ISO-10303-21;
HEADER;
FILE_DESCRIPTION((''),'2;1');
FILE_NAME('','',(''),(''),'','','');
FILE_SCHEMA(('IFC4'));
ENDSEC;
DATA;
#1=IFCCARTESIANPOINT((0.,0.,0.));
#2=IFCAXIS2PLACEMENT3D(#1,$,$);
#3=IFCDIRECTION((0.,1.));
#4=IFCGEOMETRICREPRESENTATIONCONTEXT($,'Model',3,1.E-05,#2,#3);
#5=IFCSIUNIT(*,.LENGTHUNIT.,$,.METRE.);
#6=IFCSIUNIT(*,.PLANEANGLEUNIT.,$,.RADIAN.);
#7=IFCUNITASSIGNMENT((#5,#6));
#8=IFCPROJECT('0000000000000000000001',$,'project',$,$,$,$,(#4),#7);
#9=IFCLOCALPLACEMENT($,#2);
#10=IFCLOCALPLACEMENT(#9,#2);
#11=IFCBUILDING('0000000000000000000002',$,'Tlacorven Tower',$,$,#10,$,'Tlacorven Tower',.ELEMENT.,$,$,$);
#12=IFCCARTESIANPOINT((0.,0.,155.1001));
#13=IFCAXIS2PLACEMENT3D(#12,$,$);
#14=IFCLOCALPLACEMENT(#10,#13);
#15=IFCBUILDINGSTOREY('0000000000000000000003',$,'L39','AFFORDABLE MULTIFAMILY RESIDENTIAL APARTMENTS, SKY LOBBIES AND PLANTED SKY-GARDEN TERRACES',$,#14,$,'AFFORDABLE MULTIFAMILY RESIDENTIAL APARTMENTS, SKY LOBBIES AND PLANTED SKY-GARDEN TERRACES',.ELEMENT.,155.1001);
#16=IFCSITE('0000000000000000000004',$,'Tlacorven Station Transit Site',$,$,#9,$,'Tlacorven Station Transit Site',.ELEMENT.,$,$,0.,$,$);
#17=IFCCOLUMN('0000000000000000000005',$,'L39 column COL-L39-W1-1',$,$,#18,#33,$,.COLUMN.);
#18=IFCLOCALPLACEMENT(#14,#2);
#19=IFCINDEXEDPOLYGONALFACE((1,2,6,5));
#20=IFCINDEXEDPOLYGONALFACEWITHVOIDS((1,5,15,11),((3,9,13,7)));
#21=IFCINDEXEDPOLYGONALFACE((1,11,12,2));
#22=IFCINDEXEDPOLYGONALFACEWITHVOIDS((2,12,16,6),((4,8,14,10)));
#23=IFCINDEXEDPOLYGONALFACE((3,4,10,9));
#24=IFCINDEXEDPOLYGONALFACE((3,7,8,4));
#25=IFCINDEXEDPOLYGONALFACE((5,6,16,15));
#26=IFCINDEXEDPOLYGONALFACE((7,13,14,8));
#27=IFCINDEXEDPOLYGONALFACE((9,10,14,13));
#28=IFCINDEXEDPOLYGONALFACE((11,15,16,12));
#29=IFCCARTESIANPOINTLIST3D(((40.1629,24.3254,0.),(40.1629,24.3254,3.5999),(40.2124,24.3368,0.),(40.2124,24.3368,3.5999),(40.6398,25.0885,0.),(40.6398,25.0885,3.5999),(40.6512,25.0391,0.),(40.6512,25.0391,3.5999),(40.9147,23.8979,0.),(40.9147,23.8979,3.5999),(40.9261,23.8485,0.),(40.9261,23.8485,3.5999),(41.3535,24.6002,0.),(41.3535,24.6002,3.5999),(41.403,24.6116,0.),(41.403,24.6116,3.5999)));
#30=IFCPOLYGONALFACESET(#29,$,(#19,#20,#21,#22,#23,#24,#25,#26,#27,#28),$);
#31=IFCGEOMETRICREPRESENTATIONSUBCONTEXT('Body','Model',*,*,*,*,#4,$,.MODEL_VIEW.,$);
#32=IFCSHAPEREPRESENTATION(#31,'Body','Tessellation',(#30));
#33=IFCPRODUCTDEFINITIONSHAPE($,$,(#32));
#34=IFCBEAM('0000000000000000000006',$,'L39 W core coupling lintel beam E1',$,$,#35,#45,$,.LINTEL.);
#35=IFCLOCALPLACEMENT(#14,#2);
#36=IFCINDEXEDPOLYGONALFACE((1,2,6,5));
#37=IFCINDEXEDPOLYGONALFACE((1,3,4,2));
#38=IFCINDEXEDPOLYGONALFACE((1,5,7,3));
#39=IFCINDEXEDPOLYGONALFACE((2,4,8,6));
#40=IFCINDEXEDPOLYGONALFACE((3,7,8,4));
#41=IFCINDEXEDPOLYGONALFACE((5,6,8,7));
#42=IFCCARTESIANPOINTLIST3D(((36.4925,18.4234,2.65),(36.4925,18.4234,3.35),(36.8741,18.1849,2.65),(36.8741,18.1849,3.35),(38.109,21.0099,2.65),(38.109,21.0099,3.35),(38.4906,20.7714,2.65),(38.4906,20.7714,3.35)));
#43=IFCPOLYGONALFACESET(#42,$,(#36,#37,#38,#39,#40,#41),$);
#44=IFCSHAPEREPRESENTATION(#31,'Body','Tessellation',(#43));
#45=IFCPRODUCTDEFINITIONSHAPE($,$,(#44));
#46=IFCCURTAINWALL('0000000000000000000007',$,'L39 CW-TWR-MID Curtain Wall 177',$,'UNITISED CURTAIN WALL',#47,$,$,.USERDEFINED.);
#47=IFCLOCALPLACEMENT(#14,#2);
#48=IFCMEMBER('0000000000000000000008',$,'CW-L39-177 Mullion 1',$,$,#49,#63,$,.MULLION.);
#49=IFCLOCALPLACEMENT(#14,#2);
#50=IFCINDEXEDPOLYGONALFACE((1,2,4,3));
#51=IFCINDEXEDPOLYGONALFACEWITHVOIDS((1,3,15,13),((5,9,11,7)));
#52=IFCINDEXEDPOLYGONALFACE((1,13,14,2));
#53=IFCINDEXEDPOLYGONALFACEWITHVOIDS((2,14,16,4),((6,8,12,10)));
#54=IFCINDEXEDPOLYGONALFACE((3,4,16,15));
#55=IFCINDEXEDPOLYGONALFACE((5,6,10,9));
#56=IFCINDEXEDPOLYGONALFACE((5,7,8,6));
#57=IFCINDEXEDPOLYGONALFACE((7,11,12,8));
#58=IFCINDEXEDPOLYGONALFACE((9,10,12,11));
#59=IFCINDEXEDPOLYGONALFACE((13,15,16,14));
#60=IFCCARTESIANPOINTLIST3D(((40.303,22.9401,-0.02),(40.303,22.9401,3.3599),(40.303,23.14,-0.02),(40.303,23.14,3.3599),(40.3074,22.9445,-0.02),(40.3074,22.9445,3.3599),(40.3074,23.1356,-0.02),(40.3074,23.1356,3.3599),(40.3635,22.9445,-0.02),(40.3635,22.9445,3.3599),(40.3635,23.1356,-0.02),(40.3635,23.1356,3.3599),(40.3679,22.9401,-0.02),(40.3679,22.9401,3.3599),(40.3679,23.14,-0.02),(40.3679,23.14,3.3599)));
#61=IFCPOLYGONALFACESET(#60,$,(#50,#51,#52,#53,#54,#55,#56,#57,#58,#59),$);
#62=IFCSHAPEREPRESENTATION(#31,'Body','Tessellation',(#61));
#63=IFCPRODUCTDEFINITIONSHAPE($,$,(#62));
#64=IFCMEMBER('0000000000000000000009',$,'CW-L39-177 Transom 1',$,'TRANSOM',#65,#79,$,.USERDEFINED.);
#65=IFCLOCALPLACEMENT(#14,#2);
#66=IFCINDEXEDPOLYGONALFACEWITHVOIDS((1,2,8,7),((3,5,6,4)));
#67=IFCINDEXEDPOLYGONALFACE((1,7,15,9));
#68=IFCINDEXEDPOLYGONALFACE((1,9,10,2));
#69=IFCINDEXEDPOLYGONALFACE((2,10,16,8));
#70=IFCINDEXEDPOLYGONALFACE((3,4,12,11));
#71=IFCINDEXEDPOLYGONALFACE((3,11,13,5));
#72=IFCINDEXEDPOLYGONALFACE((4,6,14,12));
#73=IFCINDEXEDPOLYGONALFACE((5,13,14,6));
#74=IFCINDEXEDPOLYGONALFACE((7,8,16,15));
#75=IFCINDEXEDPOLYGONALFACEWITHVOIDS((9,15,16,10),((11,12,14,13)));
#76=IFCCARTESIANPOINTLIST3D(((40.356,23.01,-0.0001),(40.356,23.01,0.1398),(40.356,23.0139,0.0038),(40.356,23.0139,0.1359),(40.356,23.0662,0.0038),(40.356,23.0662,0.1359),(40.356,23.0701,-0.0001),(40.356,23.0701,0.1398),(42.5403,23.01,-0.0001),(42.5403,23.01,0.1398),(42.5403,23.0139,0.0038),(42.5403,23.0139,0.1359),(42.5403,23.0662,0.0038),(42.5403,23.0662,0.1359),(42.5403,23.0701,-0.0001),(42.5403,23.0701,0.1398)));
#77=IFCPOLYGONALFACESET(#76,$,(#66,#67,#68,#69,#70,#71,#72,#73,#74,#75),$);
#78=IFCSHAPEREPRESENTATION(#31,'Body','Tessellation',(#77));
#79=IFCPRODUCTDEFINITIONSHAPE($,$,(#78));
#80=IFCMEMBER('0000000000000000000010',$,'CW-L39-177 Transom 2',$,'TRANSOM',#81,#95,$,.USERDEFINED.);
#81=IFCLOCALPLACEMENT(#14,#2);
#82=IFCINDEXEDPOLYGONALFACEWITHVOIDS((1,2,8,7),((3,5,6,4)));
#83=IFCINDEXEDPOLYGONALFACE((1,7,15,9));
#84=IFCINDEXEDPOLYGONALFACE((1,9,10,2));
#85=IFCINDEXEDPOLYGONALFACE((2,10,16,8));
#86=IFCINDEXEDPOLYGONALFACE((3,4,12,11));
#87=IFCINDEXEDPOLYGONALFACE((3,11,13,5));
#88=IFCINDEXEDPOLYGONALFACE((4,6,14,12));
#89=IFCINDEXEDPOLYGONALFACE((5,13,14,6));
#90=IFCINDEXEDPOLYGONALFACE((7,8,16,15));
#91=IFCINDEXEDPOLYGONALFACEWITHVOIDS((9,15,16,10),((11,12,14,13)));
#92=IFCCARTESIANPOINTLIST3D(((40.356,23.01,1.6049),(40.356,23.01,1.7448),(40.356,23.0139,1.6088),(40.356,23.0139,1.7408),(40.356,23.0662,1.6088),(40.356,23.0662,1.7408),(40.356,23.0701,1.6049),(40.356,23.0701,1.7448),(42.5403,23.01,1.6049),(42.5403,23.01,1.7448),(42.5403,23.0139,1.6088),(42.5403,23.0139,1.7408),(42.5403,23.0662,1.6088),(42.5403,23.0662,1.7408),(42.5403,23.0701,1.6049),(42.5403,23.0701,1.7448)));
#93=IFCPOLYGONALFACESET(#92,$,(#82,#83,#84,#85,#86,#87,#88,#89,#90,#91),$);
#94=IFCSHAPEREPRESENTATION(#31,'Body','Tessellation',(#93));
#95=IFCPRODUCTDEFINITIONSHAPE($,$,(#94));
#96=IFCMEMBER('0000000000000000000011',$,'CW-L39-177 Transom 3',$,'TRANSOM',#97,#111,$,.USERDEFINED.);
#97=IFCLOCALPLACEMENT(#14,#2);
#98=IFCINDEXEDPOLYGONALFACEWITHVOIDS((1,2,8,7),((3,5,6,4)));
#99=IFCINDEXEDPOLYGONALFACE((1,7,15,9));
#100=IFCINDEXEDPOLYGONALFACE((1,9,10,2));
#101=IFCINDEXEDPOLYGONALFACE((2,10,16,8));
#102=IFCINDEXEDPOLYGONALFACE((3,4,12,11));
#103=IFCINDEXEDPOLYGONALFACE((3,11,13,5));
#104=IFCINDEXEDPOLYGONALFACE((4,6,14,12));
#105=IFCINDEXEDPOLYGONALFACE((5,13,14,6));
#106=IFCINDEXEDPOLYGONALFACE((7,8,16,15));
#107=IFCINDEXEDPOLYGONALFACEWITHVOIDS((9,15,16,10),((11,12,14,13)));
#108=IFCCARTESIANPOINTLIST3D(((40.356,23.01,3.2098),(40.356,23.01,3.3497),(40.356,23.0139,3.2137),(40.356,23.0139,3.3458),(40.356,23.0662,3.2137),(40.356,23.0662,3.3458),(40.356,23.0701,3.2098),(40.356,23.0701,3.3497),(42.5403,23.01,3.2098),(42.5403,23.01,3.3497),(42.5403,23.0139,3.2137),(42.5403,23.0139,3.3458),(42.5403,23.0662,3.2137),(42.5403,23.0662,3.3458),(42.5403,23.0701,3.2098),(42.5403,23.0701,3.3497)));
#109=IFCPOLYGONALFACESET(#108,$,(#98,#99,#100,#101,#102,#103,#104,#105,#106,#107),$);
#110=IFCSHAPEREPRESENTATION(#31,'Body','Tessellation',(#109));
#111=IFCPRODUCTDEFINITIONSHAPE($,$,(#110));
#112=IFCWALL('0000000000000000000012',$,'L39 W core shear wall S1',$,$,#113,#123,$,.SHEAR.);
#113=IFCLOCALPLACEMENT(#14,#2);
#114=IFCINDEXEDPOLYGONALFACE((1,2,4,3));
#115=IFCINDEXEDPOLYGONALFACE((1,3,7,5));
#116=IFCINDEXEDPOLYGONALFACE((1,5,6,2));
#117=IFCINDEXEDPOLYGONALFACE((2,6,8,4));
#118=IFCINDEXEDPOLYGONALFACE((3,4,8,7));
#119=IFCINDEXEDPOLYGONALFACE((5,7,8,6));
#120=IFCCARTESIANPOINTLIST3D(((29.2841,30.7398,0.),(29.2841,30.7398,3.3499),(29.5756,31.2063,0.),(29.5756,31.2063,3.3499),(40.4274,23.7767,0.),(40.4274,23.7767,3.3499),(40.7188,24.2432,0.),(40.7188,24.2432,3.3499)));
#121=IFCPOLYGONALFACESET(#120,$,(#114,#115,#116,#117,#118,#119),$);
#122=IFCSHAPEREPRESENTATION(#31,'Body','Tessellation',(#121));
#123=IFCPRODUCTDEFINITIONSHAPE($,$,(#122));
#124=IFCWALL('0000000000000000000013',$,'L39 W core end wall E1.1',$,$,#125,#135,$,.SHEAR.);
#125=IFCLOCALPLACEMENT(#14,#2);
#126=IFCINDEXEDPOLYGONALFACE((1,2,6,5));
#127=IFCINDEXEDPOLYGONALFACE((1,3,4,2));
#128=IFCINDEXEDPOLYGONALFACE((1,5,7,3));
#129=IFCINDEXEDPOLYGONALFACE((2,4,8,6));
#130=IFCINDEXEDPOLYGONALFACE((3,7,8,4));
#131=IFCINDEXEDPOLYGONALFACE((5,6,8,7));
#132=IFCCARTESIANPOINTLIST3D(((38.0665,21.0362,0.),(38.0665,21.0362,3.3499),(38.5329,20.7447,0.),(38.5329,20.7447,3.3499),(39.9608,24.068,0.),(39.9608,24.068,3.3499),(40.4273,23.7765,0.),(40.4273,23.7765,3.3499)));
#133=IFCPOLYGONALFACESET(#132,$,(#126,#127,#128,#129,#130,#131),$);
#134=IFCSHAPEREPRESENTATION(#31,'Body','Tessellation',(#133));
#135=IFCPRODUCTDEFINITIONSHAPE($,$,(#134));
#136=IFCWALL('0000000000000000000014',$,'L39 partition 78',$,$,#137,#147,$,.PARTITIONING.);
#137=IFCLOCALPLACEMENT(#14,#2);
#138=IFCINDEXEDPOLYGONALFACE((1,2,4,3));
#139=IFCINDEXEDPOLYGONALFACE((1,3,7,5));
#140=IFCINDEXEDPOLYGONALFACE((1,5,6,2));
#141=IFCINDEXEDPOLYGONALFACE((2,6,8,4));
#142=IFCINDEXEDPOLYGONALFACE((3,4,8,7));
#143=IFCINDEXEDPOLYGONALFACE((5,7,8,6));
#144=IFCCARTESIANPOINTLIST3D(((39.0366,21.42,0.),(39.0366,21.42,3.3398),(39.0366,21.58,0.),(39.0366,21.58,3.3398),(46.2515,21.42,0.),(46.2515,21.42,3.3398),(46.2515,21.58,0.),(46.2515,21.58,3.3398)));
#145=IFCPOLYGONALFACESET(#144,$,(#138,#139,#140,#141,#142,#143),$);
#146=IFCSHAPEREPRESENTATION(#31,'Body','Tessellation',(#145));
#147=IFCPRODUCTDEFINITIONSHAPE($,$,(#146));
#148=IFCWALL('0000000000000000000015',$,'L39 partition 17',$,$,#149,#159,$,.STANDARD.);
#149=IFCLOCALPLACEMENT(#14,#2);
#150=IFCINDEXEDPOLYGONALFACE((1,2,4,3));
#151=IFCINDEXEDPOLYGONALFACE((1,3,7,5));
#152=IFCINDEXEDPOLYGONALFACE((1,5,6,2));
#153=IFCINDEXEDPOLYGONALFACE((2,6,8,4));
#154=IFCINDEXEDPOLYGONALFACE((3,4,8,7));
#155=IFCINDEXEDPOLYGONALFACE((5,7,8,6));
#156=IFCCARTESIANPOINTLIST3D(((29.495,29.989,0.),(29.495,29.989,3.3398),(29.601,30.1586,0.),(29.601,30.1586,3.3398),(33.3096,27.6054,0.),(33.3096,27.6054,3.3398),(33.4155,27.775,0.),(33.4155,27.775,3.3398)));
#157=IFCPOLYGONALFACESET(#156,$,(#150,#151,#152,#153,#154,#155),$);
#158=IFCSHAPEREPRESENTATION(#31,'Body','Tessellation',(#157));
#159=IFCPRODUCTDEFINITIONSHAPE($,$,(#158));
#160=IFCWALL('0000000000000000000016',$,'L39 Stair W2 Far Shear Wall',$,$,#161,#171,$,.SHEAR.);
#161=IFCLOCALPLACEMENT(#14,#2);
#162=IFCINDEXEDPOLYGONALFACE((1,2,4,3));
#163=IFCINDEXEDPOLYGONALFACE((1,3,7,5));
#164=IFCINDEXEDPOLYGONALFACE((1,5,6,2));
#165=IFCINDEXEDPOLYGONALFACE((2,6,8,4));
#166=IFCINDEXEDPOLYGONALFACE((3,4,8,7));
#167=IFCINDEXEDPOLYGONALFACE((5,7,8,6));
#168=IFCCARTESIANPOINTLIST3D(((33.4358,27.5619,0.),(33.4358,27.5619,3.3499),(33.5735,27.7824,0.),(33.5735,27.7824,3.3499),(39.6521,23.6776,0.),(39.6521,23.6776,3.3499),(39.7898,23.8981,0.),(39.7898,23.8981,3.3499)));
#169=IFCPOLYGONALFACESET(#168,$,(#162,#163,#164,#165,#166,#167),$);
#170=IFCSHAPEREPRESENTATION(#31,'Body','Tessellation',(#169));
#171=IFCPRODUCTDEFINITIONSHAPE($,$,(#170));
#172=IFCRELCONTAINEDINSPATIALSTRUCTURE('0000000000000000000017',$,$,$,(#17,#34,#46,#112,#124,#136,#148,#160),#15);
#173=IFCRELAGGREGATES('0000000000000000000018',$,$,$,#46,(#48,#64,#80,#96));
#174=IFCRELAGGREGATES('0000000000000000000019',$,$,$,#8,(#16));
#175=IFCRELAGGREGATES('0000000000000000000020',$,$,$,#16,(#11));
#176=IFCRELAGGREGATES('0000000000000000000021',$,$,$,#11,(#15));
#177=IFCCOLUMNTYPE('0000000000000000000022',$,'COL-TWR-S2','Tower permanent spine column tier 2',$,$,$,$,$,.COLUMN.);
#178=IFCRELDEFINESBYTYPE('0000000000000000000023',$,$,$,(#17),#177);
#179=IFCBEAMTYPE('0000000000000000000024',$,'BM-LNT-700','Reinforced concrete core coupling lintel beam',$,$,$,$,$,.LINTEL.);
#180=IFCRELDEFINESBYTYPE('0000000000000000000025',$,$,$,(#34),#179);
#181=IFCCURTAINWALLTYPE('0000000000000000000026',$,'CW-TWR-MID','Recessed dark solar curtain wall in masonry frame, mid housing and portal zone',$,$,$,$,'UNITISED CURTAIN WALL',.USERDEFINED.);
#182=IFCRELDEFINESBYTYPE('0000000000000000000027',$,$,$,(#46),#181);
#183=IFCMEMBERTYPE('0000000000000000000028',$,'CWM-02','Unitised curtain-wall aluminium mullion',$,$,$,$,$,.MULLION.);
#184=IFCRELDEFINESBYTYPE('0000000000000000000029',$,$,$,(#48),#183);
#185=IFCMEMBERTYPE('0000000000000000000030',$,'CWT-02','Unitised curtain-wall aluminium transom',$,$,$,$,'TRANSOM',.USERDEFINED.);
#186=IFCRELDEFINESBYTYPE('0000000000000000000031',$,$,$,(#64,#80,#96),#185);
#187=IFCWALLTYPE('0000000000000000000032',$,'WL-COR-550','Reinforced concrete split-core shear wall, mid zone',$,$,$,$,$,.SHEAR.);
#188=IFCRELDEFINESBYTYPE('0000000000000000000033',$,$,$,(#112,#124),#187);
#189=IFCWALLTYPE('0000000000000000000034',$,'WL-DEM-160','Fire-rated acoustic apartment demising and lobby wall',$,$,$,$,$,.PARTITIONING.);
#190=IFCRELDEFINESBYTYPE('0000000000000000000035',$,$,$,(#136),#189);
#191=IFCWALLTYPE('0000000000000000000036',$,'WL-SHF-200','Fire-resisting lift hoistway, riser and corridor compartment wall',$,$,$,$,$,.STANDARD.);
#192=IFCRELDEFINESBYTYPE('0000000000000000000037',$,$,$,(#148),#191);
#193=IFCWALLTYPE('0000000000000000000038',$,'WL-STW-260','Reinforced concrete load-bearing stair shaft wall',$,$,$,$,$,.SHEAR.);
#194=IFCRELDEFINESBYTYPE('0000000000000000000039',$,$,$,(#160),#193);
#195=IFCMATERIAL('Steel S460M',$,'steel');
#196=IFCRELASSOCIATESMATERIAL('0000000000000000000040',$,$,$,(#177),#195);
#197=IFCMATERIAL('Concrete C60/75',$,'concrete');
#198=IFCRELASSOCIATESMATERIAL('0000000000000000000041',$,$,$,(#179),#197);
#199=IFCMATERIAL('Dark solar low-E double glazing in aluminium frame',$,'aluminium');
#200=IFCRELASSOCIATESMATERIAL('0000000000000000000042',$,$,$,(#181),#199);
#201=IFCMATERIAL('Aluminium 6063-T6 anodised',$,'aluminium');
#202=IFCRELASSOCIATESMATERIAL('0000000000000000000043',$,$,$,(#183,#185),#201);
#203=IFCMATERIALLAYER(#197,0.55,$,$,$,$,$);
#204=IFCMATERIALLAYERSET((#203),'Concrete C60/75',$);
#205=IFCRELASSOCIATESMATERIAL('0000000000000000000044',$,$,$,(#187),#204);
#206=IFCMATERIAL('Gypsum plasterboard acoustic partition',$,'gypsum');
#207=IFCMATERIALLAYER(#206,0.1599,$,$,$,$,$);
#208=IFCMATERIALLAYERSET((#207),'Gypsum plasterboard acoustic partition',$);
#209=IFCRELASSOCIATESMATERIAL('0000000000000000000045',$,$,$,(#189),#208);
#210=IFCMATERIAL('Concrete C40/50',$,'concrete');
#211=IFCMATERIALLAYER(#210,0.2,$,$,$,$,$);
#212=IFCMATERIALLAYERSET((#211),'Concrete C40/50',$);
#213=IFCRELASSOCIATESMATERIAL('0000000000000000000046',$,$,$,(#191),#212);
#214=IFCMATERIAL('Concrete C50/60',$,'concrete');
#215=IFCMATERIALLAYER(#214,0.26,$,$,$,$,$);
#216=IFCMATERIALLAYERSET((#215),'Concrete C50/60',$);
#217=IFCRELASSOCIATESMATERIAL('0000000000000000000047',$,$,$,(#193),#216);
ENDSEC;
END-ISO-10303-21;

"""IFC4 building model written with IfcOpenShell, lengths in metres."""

from ifc_helpers import new_model, si_unit, direction, frame, frame_2d, origin, origin_2d, place, context, subcontext, project, spatial, rectangle, hollow_rectangle, extrude, source, transform, mapped, material, layer, layer_set, material_profile, profile_set, type_object, element, aggregate, save


model = new_model("IFC4")

# Units and contexts
model_context = context("Model", 3, precision=1e-05, world=origin(), true_north=direction((0.0, 1.0)))
body_context = subcontext(model_context, "Body", "Model", "MODEL_VIEW")
ifc_project = project(units=[si_unit("LENGTHUNIT", "METRE"), si_unit("PLANEANGLEUNIT", "RADIAN")], contexts=[model_context])

# Site, building, storey
site_placement = place(None, origin())
site = spatial("IfcSite", under=ifc_project, at=site_placement, Name="Tlacorven Station Transit Site", LongName="Tlacorven Station Transit Site", CompositionType="ELEMENT", RefElevation=0.0)
building_placement = place(site_placement, origin())
building = spatial("IfcBuilding", under=site, at=building_placement, Name="Tlacorven Tower", LongName="Tlacorven Tower", CompositionType="ELEMENT")
storey_placement = place(building_placement, frame((0.0, 0.0, 155.1001)))
storey = spatial("IfcBuildingStorey", under=building, at=storey_placement, Name="L39", Description="AFFORDABLE MULTIFAMILY RESIDENTIAL APARTMENTS, SKY LOBBIES AND PLANTED SKY-GARDEN TERRACES", LongName="AFFORDABLE MULTIFAMILY RESIDENTIAL APARTMENTS, SKY LOBBIES AND PLANTED SKY-GARDEN TERRACES", CompositionType="ELEMENT", Elevation=155.1001)

# Column
ifc_material_1 = material(Name="Steel S460M", Category="steel")
ifc_material_profile_1 = material_profile(ifc_material_1, hollow_rectangle(XDim=0.8999, YDim=0.8999, WallThickness=0.0359, at=origin_2d()), Name="BOX 900X900X36")
ifc_profile_set_1 = profile_set([ifc_material_profile_1], Name="Steel S460M")
column_type = type_object("IfcColumnType", Name="COL-TWR-S2", Description="Tower permanent spine column tier 2", PredefinedType="COLUMN", material=ifc_profile_set_1)
shared_shape_1 = source(origin(), body_context, "Body", "SweptSolid", [
    extrude(hollow_rectangle(XDim=0.8999, YDim=0.8999, WallThickness=0.0359, at=origin_2d()), origin(), (0.0, 0.0, 1.0), 3.5999),
])
column_placement = place(storey_placement, frame((40.783, 24.4685, 0.0), z_axis=(0.0, 0.0, 1.0), x_axis=(-0.848048, 0.529919, 0.0)))
element("IfcColumn", 1, at=column_placement, inside=storey, type_object=column_type, Name="L39 column COL-L39-W1-1", PredefinedType="COLUMN", context=body_context, shape_type="MappedRepresentation", body=[
    mapped(shared_shape_1, transform((0.0, 0.0, 0.0), scale=1.0)),
])

# Beam
ifc_material_2 = material(Name="Concrete C60/75", Category="concrete")
ifc_material_profile_2 = material_profile(ifc_material_2, rectangle(XDim=0.45, YDim=0.7, at=origin_2d()), Name="RC 450X700")
ifc_profile_set_2 = profile_set([ifc_material_profile_2], Name="Concrete C60/75")
beam_type = type_object("IfcBeamType", Name="BM-LNT-700", Description="Reinforced concrete core coupling lintel beam", PredefinedType="LINTEL", material=ifc_profile_set_2)
shared_shape_2 = source(origin(), body_context, "Body", "SweptSolid", [
    extrude(rectangle(XDim=0.45, YDim=0.7, at=origin_2d()), origin(), (0.0, 0.0, 1.0), 3.05),
])
beam_placement = place(storey_placement, frame((38.2998, 20.8906, 3.0), z_axis=(-0.529985, -0.848007, 0.0), x_axis=(0.848007, -0.529985, 0.0)))
element("IfcBeam", 2, at=beam_placement, inside=storey, type_object=beam_type, Name="L39 W core coupling lintel beam E1", PredefinedType="LINTEL", context=body_context, shape_type="MappedRepresentation", body=[
    mapped(shared_shape_2, transform((0.0, 0.0, 0.0), scale=1.0)),
])

# Curtain wall, members
ifc_material_3 = material(Name="Dark solar low-E double glazing in aluminium frame", Category="aluminium")
curtain_wall_type = type_object("IfcCurtainWallType", Name="CW-TWR-MID", Description="Recessed dark solar curtain wall in masonry frame, mid housing and portal zone", ElementType="UNITISED CURTAIN WALL", PredefinedType="USERDEFINED", material=ifc_material_3)
curtain_wall_placement = place(storey_placement, origin())
curtain_wall = element("IfcCurtainWall", 3, at=curtain_wall_placement, inside=storey, type_object=curtain_wall_type, Name="L39 CW-TWR-MID Curtain Wall 177", ObjectType="UNITISED CURTAIN WALL", PredefinedType="USERDEFINED")
ifc_material_4 = material(Name="Aluminium 6063-T6 anodised", Category="aluminium")
ifc_material_profile_3 = material_profile(ifc_material_4, hollow_rectangle(XDim=0.0649, YDim=0.2, WallThickness=0.0044, at=origin_2d()), Name="ALU MULLION 65X200")
ifc_profile_set_3 = profile_set([ifc_material_profile_3], Name="Aluminium 6063-T6 anodised")
member_type_1 = type_object("IfcMemberType", Name="CWM-02", Description="Unitised curtain-wall aluminium mullion", PredefinedType="MULLION", material=ifc_profile_set_3)
shared_shape_3 = source(origin(), body_context, "Body", "SweptSolid", [
    extrude(hollow_rectangle(XDim=0.0649, YDim=0.2, WallThickness=0.0044, at=origin_2d()), origin(), (0.0, 0.0, 1.0), 3.3799),
])
member_1_placement = place(storey_placement, frame((40.3354, 23.04, -0.02), z_axis=(0.0, 0.0, 1.0), x_axis=(1.0, 0.0, 0.0)))
member_1 = element("IfcMember", 4, at=member_1_placement, type_object=member_type_1, Name="CW-L39-177 Mullion 1", PredefinedType="MULLION", context=body_context, shape_type="MappedRepresentation", body=[
    mapped(shared_shape_3, transform((0.0, 0.0, 0.0), scale=1.0)),
])
ifc_material_profile_4 = material_profile(ifc_material_4, hollow_rectangle(XDim=0.0601, YDim=0.1399, WallThickness=0.0039, at=origin_2d()), Name="ALU TRANSOM 60X140")
ifc_profile_set_4 = profile_set([ifc_material_profile_4], Name="Aluminium 6063-T6 anodised")
member_type_2 = type_object("IfcMemberType", Name="CWT-02", Description="Unitised curtain-wall aluminium transom", ElementType="TRANSOM", PredefinedType="USERDEFINED", material=ifc_profile_set_4)
shared_shape_4 = source(origin(), body_context, "Body", "SweptSolid", [
    extrude(hollow_rectangle(XDim=0.0601, YDim=0.1399, WallThickness=0.0039, at=origin_2d()), origin(), (0.0, 0.0, 1.0), 2.1843),
])
member_2_placement = place(storey_placement, frame((40.356, 23.04, 0.0698), z_axis=(1.0, 0.0, 0.0), x_axis=(0.0, 1.0, 0.0)))
member_2 = element("IfcMember", 5, at=member_2_placement, type_object=member_type_2, Name="CW-L39-177 Transom 1", ObjectType="TRANSOM", PredefinedType="USERDEFINED", context=body_context, shape_type="MappedRepresentation", body=[
    mapped(shared_shape_4, transform((0.0, 0.0, 0.0), scale=1.0)),
])
member_3_placement = place(storey_placement, frame((40.356, 23.04, 1.6748), z_axis=(1.0, 0.0, 0.0), x_axis=(0.0, 1.0, 0.0)))
member_3 = element("IfcMember", 6, at=member_3_placement, type_object=member_type_2, Name="CW-L39-177 Transom 2", ObjectType="TRANSOM", PredefinedType="USERDEFINED", context=body_context, shape_type="MappedRepresentation", body=[
    mapped(shared_shape_4, transform((0.0, 0.0, 0.0), scale=1.0)),
])
member_4_placement = place(storey_placement, frame((40.356, 23.04, 3.2798), z_axis=(1.0, 0.0, 0.0), x_axis=(0.0, 1.0, 0.0)))
member_4 = element("IfcMember", 7, at=member_4_placement, type_object=member_type_2, Name="CW-L39-177 Transom 3", ObjectType="TRANSOM", PredefinedType="USERDEFINED", context=body_context, shape_type="MappedRepresentation", body=[
    mapped(shared_shape_4, transform((0.0, 0.0, 0.0), scale=1.0)),
])
aggregate(curtain_wall, [member_1, member_2, member_3, member_4])

# Walls
ifc_layer_1 = layer(ifc_material_2, 0.55)
ifc_layer_set_1 = layer_set([ifc_layer_1], Name="Concrete C60/75")
wall_type_1 = type_object("IfcWallType", Name="WL-COR-550", Description="Reinforced concrete split-core shear wall, mid zone", PredefinedType="SHEAR", material=ifc_layer_set_1)
wall_1_placement = place(storey_placement, frame((40.573, 24.01, 0.0), z_axis=(0.0, 0.0, 1.0), x_axis=(-0.848047, 0.52992, 0.0)))
element("IfcWall", 8, at=wall_1_placement, inside=storey, type_object=wall_type_1, Name="L39 W core shear wall S1", PredefinedType="SHEAR", context=body_context, shape_type="SweptSolid", body=[
    extrude(rectangle(XDim=13.1399, YDim=0.55, at=frame_2d((6.5698, 0.0))), origin(), (0.0, 0.0, 1.0), 3.3499),
])
wall_2_placement = place(storey_placement, frame((40.1941, 23.9224, 0.0), z_axis=(0.0, 0.0, 1.0), x_axis=(-0.529888, -0.848067, 0.0)))
element("IfcWall", 9, at=wall_2_placement, inside=storey, type_object=wall_type_1, Name="L39 W core end wall E1.1", PredefinedType="SHEAR", context=body_context, shape_type="SweptSolid", body=[
    extrude(rectangle(XDim=3.575, YDim=0.55, at=frame_2d((1.7876, 0.0))), origin(), (0.0, 0.0, 1.0), 3.3499),
])
ifc_material_5 = material(Name="Gypsum plasterboard acoustic partition", Category="gypsum")
ifc_layer_2 = layer(ifc_material_5, 0.1599)
ifc_layer_set_2 = layer_set([ifc_layer_2], Name="Gypsum plasterboard acoustic partition")
wall_type_2 = type_object("IfcWallType", Name="WL-DEM-160", Description="Fire-rated acoustic apartment demising and lobby wall", PredefinedType="PARTITIONING", material=ifc_layer_set_2)
wall_3_placement = place(storey_placement, frame((39.0366, 21.5, 0.0), z_axis=(0.0, 0.0, 1.0), x_axis=(1.0, 0.0, 0.0)))
element("IfcWall", 10, at=wall_3_placement, inside=storey, type_object=wall_type_2, Name="L39 partition 78", PredefinedType="PARTITIONING", context=body_context, shape_type="SweptSolid", body=[
    extrude(rectangle(XDim=7.2148, YDim=0.1599, at=frame_2d((3.6074, 0.0))), origin(), (0.0, 0.0, 1.0), 3.3398),
])
ifc_material_6 = material(Name="Concrete C40/50", Category="concrete")
ifc_layer_3 = layer(ifc_material_6, 0.2)
ifc_layer_set_3 = layer_set([ifc_layer_3], Name="Concrete C40/50")
wall_type_3 = type_object("IfcWallType", Name="WL-SHF-200", Description="Fire-resisting lift hoistway, riser and corridor compartment wall", PredefinedType="STANDARD", material=ifc_layer_set_3)
wall_4_placement = place(storey_placement, frame((33.3625, 27.6902, 0.0), z_axis=(0.0, 0.0, 1.0), x_axis=(-0.848047, 0.529921, 0.0)))
element("IfcWall", 11, at=wall_4_placement, inside=storey, type_object=wall_type_3, Name="L39 partition 17", PredefinedType="STANDARD", context=body_context, shape_type="SweptSolid", body=[
    extrude(rectangle(XDim=4.498, YDim=0.2, at=frame_2d((2.249, 0.0))), origin(), (0.0, 0.0, 1.0), 3.3398),
])
ifc_material_7 = material(Name="Concrete C50/60", Category="concrete")
ifc_layer_4 = layer(ifc_material_7, 0.26)
ifc_layer_set_4 = layer_set([ifc_layer_4], Name="Concrete C50/60")
wall_type_4 = type_object("IfcWallType", Name="WL-STW-260", Description="Reinforced concrete load-bearing stair shaft wall", PredefinedType="SHEAR", material=ifc_layer_set_4)
wall_5_placement = place(storey_placement, frame((39.7209, 23.7878, 0.0), z_axis=(0.0, 0.0, 1.0), x_axis=(-0.848054, 0.529909, 0.0)))
element("IfcWall", 12, at=wall_5_placement, inside=storey, type_object=wall_type_4, Name="L39 Stair W2 Far Shear Wall", PredefinedType="SHEAR", context=body_context, shape_type="SweptSolid", body=[
    extrude(rectangle(XDim=7.3301, YDim=0.26, at=frame_2d((3.665, 0.0))), origin(), (0.0, 0.0, 1.0), 3.3499),
])

save(model, "model.ifc")
